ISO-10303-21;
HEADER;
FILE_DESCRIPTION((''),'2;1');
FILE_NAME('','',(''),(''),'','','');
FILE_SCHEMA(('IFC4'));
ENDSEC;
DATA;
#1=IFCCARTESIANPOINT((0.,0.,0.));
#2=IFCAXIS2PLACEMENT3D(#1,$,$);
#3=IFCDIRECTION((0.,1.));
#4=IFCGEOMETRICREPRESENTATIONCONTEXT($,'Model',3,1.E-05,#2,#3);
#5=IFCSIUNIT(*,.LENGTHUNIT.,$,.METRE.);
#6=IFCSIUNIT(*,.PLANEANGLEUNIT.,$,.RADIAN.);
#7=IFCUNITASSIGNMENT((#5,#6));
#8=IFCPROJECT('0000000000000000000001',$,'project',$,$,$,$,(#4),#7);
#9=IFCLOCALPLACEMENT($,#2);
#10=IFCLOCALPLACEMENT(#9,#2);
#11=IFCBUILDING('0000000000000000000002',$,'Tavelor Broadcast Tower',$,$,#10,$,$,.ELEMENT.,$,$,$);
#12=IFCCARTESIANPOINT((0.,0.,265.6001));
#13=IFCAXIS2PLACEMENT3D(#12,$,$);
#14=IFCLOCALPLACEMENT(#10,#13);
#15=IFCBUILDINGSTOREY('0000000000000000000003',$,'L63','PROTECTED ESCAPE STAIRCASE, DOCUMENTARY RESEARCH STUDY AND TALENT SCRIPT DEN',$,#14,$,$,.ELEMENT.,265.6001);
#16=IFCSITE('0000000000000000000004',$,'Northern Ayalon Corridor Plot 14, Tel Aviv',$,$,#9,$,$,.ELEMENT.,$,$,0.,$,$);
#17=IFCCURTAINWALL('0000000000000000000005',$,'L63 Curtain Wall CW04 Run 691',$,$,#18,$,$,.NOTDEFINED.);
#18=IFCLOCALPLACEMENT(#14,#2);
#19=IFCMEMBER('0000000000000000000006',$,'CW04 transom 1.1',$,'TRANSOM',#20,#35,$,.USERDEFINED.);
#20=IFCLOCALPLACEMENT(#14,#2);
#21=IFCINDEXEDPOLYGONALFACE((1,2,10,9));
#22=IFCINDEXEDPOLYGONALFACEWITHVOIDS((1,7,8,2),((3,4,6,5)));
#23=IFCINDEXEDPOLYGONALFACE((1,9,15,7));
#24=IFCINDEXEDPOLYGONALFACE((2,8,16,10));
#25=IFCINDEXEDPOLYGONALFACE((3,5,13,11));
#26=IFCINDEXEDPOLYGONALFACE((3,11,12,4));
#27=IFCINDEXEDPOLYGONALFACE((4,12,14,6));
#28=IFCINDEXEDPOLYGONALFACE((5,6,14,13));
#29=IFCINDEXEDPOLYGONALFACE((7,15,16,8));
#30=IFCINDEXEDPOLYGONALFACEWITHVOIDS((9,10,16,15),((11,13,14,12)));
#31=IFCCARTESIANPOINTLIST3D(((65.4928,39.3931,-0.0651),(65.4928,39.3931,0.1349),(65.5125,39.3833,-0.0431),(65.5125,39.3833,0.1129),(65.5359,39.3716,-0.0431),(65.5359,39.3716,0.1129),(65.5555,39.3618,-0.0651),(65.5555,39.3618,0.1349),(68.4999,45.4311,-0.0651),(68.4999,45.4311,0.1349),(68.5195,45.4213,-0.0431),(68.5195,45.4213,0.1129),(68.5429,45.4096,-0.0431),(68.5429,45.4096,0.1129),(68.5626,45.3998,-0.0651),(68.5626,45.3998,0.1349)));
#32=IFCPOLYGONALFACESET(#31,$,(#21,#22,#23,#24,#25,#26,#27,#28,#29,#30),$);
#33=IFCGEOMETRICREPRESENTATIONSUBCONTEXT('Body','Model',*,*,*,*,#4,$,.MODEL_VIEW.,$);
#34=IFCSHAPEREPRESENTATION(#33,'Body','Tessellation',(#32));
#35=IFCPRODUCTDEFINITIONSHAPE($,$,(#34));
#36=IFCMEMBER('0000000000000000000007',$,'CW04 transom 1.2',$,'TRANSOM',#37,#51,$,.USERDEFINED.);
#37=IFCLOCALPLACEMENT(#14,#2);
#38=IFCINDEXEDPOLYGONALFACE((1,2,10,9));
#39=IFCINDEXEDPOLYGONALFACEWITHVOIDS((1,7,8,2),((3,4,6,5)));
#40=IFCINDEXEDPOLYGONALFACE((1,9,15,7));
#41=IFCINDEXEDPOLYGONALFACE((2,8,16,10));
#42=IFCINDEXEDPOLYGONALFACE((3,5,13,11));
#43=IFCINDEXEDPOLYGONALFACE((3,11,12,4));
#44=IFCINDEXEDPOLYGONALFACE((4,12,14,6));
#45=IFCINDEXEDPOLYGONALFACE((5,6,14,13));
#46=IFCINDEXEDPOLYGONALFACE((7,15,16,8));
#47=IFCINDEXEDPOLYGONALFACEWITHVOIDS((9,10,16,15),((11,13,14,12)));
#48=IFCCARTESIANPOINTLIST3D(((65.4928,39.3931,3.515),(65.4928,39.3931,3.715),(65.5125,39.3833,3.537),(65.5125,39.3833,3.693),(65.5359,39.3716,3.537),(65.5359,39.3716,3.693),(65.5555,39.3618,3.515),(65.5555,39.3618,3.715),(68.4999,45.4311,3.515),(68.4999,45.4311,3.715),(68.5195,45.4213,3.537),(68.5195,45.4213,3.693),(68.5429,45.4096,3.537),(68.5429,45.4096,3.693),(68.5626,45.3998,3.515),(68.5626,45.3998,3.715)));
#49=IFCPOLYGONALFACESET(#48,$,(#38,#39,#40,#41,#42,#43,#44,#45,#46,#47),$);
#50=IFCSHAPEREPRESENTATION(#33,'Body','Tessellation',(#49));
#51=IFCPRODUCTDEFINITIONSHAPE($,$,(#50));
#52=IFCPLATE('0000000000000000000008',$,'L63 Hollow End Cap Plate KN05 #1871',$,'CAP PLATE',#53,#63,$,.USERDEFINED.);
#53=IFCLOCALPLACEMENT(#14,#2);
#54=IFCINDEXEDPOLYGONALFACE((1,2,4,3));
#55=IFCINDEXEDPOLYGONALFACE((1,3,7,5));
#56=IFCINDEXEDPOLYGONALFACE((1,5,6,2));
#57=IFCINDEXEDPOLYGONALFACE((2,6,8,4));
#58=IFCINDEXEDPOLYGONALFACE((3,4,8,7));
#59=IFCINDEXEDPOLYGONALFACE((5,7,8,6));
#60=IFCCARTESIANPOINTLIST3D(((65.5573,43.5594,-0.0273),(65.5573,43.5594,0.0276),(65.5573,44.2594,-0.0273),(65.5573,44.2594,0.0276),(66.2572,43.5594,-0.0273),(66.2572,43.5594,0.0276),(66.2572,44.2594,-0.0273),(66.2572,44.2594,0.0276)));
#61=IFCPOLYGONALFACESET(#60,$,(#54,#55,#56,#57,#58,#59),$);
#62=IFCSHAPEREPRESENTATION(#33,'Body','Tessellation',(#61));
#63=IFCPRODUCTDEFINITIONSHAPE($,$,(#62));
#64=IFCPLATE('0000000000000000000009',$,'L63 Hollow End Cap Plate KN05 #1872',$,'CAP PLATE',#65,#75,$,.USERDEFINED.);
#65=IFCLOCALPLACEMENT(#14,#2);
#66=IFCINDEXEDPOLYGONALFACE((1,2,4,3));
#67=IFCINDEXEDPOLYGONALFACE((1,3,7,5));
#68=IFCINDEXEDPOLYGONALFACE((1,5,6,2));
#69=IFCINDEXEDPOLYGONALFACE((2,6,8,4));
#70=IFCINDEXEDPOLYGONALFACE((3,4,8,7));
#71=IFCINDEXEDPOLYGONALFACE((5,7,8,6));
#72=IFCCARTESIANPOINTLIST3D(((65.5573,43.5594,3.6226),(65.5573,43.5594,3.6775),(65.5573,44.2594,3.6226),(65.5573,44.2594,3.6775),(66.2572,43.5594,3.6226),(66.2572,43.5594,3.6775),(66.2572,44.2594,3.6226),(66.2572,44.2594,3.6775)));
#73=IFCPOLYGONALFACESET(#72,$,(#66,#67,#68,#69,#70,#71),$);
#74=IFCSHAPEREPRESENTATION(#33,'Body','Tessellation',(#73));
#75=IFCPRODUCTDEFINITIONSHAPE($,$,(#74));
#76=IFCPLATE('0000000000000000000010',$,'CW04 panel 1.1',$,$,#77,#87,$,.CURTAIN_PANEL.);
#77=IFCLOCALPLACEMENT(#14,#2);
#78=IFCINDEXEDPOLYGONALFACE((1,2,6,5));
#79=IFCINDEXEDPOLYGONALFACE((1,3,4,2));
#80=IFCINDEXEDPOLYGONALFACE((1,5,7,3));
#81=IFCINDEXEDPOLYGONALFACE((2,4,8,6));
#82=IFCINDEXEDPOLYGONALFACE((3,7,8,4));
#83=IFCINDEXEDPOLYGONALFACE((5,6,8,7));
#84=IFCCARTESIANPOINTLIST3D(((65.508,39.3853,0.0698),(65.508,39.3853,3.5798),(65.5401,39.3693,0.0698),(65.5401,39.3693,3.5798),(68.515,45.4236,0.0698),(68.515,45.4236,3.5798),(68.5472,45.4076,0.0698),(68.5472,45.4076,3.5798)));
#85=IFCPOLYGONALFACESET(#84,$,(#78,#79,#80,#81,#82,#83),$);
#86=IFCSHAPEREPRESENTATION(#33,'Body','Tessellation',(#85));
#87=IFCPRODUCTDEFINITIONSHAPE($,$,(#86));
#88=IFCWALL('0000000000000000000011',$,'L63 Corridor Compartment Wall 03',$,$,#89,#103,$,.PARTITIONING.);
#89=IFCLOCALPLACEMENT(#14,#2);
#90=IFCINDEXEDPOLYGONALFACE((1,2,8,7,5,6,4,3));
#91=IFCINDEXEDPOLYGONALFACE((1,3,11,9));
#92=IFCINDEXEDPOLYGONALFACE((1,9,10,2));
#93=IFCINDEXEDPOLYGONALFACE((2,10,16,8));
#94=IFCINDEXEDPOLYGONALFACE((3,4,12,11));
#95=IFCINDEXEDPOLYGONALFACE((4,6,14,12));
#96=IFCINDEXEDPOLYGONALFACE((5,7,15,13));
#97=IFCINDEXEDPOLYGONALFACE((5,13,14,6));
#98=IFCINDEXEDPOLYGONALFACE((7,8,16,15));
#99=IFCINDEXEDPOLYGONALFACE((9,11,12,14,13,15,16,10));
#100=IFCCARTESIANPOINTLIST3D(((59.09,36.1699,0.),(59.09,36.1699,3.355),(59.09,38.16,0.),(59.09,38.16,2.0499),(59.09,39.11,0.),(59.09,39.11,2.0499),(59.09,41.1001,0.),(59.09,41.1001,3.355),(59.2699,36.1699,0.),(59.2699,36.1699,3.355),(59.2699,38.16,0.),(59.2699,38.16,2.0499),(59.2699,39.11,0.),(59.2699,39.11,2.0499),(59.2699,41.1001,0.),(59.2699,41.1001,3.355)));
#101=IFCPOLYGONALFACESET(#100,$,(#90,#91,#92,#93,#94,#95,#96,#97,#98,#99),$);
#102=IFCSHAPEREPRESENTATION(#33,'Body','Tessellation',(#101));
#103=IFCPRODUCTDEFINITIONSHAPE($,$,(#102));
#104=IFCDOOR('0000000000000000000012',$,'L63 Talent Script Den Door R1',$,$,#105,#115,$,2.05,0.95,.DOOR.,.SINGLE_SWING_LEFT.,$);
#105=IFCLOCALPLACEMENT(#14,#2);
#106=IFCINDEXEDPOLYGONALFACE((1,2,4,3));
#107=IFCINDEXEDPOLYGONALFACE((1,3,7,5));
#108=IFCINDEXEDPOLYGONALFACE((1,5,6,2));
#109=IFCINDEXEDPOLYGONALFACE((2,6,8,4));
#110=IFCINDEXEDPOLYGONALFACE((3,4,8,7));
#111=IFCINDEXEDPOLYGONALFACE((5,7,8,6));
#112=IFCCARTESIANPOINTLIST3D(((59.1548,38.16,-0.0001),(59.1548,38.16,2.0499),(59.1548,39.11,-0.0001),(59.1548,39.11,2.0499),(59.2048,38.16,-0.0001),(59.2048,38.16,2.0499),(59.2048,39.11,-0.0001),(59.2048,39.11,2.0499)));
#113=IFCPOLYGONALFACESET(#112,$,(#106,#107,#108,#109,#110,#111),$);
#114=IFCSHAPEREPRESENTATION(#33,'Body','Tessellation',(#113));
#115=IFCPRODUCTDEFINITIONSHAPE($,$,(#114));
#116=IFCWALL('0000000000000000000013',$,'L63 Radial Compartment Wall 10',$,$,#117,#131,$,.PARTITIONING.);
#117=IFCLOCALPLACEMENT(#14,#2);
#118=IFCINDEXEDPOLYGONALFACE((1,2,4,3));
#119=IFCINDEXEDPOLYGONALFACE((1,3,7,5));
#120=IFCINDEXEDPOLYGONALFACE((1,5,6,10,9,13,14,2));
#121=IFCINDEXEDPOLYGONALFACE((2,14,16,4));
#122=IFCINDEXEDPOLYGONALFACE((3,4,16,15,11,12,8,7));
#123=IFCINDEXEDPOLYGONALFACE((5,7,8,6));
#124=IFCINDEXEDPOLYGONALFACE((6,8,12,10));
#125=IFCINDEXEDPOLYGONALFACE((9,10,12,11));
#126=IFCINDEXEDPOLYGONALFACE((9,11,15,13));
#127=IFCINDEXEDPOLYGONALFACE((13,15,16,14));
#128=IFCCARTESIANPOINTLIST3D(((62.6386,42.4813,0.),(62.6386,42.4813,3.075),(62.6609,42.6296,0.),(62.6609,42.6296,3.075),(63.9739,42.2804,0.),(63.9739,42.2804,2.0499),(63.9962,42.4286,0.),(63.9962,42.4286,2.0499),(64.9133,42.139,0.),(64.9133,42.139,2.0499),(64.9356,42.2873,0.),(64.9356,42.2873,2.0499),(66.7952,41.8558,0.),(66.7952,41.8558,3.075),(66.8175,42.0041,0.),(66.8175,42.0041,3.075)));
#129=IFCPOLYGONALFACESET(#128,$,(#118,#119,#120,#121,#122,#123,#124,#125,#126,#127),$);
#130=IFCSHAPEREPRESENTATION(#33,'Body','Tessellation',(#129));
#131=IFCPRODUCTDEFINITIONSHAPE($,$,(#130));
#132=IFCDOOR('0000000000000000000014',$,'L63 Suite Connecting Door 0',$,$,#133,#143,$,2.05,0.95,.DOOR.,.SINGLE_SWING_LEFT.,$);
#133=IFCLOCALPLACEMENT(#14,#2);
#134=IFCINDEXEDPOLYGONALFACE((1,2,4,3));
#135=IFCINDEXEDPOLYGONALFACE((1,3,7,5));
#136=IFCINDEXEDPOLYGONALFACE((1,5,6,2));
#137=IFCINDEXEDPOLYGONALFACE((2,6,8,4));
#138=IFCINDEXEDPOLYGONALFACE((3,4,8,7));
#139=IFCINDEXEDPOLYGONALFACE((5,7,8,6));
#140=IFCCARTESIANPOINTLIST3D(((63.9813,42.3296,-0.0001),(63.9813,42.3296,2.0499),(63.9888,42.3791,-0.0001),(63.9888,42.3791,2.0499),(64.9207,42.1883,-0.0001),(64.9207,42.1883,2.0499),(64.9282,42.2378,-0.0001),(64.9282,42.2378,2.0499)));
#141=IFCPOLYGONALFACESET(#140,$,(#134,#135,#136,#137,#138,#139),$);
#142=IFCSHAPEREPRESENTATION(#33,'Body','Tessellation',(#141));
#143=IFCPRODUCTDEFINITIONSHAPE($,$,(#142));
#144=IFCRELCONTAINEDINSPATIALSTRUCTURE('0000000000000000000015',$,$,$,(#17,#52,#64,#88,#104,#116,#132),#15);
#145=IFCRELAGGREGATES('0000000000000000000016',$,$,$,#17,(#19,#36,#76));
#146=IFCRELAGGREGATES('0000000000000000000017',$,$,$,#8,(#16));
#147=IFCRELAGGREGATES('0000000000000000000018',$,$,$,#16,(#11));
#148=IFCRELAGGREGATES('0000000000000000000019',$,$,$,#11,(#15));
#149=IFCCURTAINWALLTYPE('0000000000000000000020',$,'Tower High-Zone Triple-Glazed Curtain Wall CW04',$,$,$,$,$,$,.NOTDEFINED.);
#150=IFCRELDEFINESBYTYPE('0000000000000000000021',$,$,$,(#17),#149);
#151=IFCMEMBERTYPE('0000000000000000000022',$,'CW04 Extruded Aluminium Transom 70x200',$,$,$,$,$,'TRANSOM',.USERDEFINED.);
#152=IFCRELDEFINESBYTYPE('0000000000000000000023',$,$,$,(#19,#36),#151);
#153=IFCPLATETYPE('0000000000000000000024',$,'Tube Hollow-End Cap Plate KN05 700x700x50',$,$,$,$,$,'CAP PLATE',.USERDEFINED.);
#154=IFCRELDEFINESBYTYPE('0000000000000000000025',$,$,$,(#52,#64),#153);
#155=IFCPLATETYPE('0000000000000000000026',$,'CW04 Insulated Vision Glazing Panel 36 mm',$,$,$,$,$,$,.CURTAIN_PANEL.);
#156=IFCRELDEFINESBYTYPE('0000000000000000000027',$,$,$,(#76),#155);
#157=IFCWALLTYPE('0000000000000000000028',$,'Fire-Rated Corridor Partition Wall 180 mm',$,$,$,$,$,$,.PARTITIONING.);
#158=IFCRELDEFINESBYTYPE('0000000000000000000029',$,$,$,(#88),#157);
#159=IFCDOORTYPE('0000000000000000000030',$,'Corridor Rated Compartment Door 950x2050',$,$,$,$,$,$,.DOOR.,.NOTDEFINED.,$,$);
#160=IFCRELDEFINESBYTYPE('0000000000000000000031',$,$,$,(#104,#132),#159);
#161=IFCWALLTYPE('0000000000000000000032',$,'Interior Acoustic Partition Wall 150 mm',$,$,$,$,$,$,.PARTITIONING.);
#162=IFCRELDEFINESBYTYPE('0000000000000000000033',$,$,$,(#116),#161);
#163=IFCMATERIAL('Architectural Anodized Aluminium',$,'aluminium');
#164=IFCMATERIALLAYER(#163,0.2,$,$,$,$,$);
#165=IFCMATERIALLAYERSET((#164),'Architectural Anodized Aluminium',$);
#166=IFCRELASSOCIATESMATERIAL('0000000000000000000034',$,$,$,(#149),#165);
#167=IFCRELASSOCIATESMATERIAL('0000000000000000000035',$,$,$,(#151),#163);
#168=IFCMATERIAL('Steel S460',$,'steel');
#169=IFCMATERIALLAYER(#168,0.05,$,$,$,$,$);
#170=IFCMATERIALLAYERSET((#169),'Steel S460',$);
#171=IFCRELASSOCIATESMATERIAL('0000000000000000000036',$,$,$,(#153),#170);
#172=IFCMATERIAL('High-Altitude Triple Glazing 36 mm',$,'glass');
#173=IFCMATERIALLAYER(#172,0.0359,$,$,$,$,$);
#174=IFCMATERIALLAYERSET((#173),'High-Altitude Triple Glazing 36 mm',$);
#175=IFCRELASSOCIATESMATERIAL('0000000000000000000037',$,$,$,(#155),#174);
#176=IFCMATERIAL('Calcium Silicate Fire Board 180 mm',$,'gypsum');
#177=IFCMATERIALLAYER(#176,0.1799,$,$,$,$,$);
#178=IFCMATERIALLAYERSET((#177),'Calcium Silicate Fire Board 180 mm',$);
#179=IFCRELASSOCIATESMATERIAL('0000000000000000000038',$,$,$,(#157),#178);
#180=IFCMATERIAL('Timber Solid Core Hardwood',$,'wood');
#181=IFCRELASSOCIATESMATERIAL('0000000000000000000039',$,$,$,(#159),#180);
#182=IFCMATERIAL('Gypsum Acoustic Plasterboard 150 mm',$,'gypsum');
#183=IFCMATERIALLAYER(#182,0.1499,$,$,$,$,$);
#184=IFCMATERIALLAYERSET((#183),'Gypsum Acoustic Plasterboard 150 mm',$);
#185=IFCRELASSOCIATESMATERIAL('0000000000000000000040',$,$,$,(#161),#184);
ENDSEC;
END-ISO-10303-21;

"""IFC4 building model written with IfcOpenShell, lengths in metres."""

from ifc_helpers import new_model, si_unit, direction, frame, frame_2d, origin, origin_2d, place, context, subcontext, project, spatial, rectangle, hollow_rectangle, extrude, source, transform, mapped, material, layer, layer_set, material_profile, profile_set, type_object, type_shapes, element, fill, aggregate, save


model = new_model("IFC4")

# Units and contexts
model_context = context("Model", 3, precision=1e-05, world=origin(), true_north=direction((0.0, 1.0)))
body_context = subcontext(model_context, "Body", "Model", "MODEL_VIEW")
ifc_project = project(units=[si_unit("LENGTHUNIT", "METRE"), si_unit("PLANEANGLEUNIT", "RADIAN")], contexts=[model_context])

# Site, building, storey
site_placement = place(None, origin())
site = spatial("IfcSite", under=ifc_project, at=site_placement, Name="Northern Ayalon Corridor Plot 14, Tel Aviv", CompositionType="ELEMENT", RefElevation=0.0)
building_placement = place(site_placement, origin())
building = spatial("IfcBuilding", under=site, at=building_placement, Name="Tavelor Broadcast Tower", CompositionType="ELEMENT")
storey_placement = place(building_placement, frame((0.0, 0.0, 265.6001)))
storey = spatial("IfcBuildingStorey", under=building, at=storey_placement, Name="L63", Description="PROTECTED ESCAPE STAIRCASE, DOCUMENTARY RESEARCH STUDY AND TALENT SCRIPT DEN", CompositionType="ELEMENT", Elevation=265.6001)

# Shared definitions
ifc_material_1 = material(Name="Steel S460", Category="steel")

# Shared definitions
ifc_material_2 = material(Name="Architectural Anodized Aluminium", Category="aluminium")
ifc_layer_1 = layer(ifc_material_2, 0.2)
ifc_layer_set_1 = layer_set([ifc_layer_1], Name="Architectural Anodized Aluminium")
curtain_wall_type = type_object("IfcCurtainWallType", Name="Tower High-Zone Triple-Glazed Curtain Wall CW04", PredefinedType="NOTDEFINED", material=ifc_layer_set_1)

# Curtain wall, members
curtain_wall_1_placement = place(storey_placement, origin())
curtain_wall_1 = element("IfcCurtainWall", 1, at=curtain_wall_1_placement, inside=storey, type_object=curtain_wall_type, Name="L63 Curtain Wall CW04 Run 691", PredefinedType="NOTDEFINED")
ifc_material_profile_1 = material_profile(ifc_material_2, hollow_rectangle(XDim=0.0701, YDim=0.2, WallThickness=0.022, at=origin_2d()), Name="RHS 70x200x22")
ifc_profile_set_1 = profile_set([ifc_material_profile_1], Name="Architectural Anodized Aluminium")
member_type_1 = type_object("IfcMemberType", Name="CW04 Extruded Aluminium Transom 70x200", ElementType="TRANSOM", PredefinedType="USERDEFINED", material=ifc_profile_set_1)
shared_shape_1 = source(origin(), body_context, "Body", "SweptSolid", [
    extrude(hollow_rectangle(XDim=0.0701, YDim=0.2, WallThickness=0.022, at=origin_2d()), origin(), (0.0, 0.0, 1.0), 6.7454),
])
type_shapes(member_type_1, [shared_shape_1])
member_1_placement = place(storey_placement, frame((65.5242, 39.3774, 0.0349), z_axis=(0.445794, 0.895135, 0.0), x_axis=(-0.895135, 0.445794, 0.0)))
member_1 = element("IfcMember", 2, at=member_1_placement, type_object=member_type_1, Name="CW04 transom 1.1", ObjectType="TRANSOM", PredefinedType="USERDEFINED", context=body_context, shape_type="MappedRepresentation", body=[
    mapped(shared_shape_1, transform((0.0, 0.0, 0.0), scale=1.0)),
])
member_2_placement = place(storey_placement, frame((65.5242, 39.3774, 3.615), z_axis=(0.445794, 0.895135, 0.0), x_axis=(-0.895135, 0.445794, 0.0)))
member_2 = element("IfcMember", 3, at=member_2_placement, type_object=member_type_1, Name="CW04 transom 1.2", ObjectType="TRANSOM", PredefinedType="USERDEFINED", context=body_context, shape_type="MappedRepresentation", body=[
    mapped(shared_shape_1, transform((0.0, 0.0, 0.0), scale=1.0)),
])

# Plates
ifc_layer_2 = layer(ifc_material_1, 0.05)
ifc_layer_set_2 = layer_set([ifc_layer_2], Name="Steel S460")
plate_type_1 = type_object("IfcPlateType", Name="Tube Hollow-End Cap Plate KN05 700x700x50", ElementType="CAP PLATE", PredefinedType="USERDEFINED", material=ifc_layer_set_2)
shared_shape_2 = source(origin(), body_context, "Body", "SweptSolid", [
    extrude(rectangle(XDim=0.7, YDim=0.7, at=origin_2d()), origin(), (0.0, 0.0, 1.0), 0.0549),
])
type_shapes(plate_type_1, [shared_shape_2])
for number, where, z_axis, x_axis, name in (
    (4, (65.9072, 43.9094, -0.0273), (0.0, 0.0, 1.0), (1.0, 0.0, 0.0), "L63 Hollow End Cap Plate KN05 #1871"),
    (5, (65.9072, 43.9094, 3.6226), (0.0, 0.0, 1.0), (1.0, 0.0, 0.0), "L63 Hollow End Cap Plate KN05 #1872"),
):
    element("IfcPlate", number, at=place(storey_placement, frame(where, z_axis=z_axis, x_axis=x_axis)), inside=storey, type_object=plate_type_1, Name=name, ObjectType="CAP PLATE", PredefinedType="USERDEFINED", context=body_context, shape_type="MappedRepresentation", body=[
        mapped(shared_shape_2, transform((0.0, 0.0, 0.0), scale=1.0)),
    ])

# Plate
ifc_material_3 = material(Name="High-Altitude Triple Glazing 36 mm", Category="glass")
ifc_layer_3 = layer(ifc_material_3, 0.0359)
ifc_layer_set_3 = layer_set([ifc_layer_3], Name="High-Altitude Triple Glazing 36 mm")
plate_type_2 = type_object("IfcPlateType", Name="CW04 Insulated Vision Glazing Panel 36 mm", PredefinedType="CURTAIN_PANEL", material=ifc_layer_set_3)
shared_shape_3 = source(origin(), body_context, "Body", "SweptSolid", [
    extrude(rectangle(XDim=6.7456, YDim=0.0359, at=origin_2d()), origin(), (0.0, 0.0, 1.0), 3.51),
])
type_shapes(plate_type_2, [shared_shape_3])
plate_placement = place(storey_placement, frame((67.0276, 42.3965, 0.0698), z_axis=(0.0, 0.0, 1.0), x_axis=(0.445778, 0.895143, 0.0)))
plate = element("IfcPlate", 6, at=plate_placement, type_object=plate_type_2, Name="CW04 panel 1.1", PredefinedType="CURTAIN_PANEL", context=body_context, shape_type="MappedRepresentation", body=[
    mapped(shared_shape_3, transform((0.0, 0.0, 0.0), scale=1.0)),
])
aggregate(curtain_wall_1, [member_1, member_2, plate])

# Walls, openings, doors
ifc_material_4 = material(Name="Calcium Silicate Fire Board 180 mm", Category="gypsum")
ifc_layer_4 = layer(ifc_material_4, 0.1799)
ifc_layer_set_4 = layer_set([ifc_layer_4], Name="Calcium Silicate Fire Board 180 mm")
wall_type_1 = type_object("IfcWallType", Name="Fire-Rated Corridor Partition Wall 180 mm", PredefinedType="PARTITIONING", material=ifc_layer_set_4)
wall_1_placement = place(storey_placement, frame((59.1799, 41.1001, 0.0), z_axis=(0.0, 0.0, 1.0), x_axis=(0.0, -1.0, 0.0)))
wall_1 = element("IfcWall", 7, at=wall_1_placement, inside=storey, type_object=wall_type_1, Name="L63 Corridor Compartment Wall 03", PredefinedType="PARTITIONING", context=body_context, shape_type="SweptSolid", body=[
    extrude(rectangle(XDim=4.9302, YDim=0.1799, at=frame_2d((2.4651, 0.0))), origin(), (0.0, 0.0, 1.0), 3.355),
])
opening_1_placement = place(wall_1_placement, frame((1.99, 0.0, 0.0)))
opening_1 = element("IfcOpeningElement", 8, at=opening_1_placement, cuts=wall_1, PredefinedType="OPENING", context=body_context, shape_type="SweptSolid", body=[
    extrude(rectangle(XDim=0.95, YDim=2.05, at=frame_2d((0.4751, 1.0249))), frame((0.0, 0.1001, 0.0), z_axis=(0.0, -1.0, 0.0), x_axis=(1.0, 0.0, 0.0)), (0.0, 0.0, 1.0), 0.2),
])
ifc_material_5 = material(Name="Timber Solid Core Hardwood", Category="wood")
door_type_1 = type_object("IfcDoorType", Name="Corridor Rated Compartment Door 950x2050", OperationType="NOTDEFINED", PredefinedType="DOOR", material=ifc_material_5)
door_1_placement = place(opening_1_placement, origin())
door_1 = element("IfcDoor", 9, at=door_1_placement, inside=storey, type_object=door_type_1, Name="L63 Talent Script Den Door R1", OperationType="SINGLE_SWING_LEFT", OverallHeight=2.05, OverallWidth=0.95, PredefinedType="DOOR", context=body_context, shape_type="SweptSolid", body=[
    extrude(rectangle(XDim=0.95, YDim=2.05, at=frame_2d((0.4751, 1.0249))), frame((0.0, 0.0249, 0.0), z_axis=(0.0, -1.0, 0.0), x_axis=(1.0, 0.0, 0.0)), (0.0, 0.0, 1.0), 0.05),
])
fill(opening_1, door_1)
ifc_material_6 = material(Name="Gypsum Acoustic Plasterboard 150 mm", Category="gypsum")
ifc_layer_5 = layer(ifc_material_6, 0.1499)
ifc_layer_set_5 = layer_set([ifc_layer_5], Name="Gypsum Acoustic Plasterboard 150 mm")
wall_type_2 = type_object("IfcWallType", Name="Interior Acoustic Partition Wall 150 mm", PredefinedType="PARTITIONING", material=ifc_layer_set_5)
wall_2_placement = place(storey_placement, frame((62.6499, 42.5554, 0.0), z_axis=(0.0, 0.0, 1.0), x_axis=(0.988866, -0.148809, 0.0)))
wall_2 = element("IfcWall", 10, at=wall_2_placement, inside=storey, type_object=wall_type_2, Name="L63 Radial Compartment Wall 10", PredefinedType="PARTITIONING", context=body_context, shape_type="SweptSolid", body=[
    extrude(rectangle(XDim=4.2034, YDim=0.1499, at=frame_2d((2.1016, 0.0))), origin(), (0.0, 0.0, 1.0), 3.075),
])
opening_2_placement = place(wall_2_placement, frame((1.3501, 0.0, 0.0)))
opening_2 = element("IfcOpeningElement", 11, at=opening_2_placement, cuts=wall_2, PredefinedType="OPENING", context=body_context, shape_type="SweptSolid", body=[
    extrude(rectangle(XDim=0.95, YDim=2.05, at=frame_2d((0.4751, 1.0249))), frame((0.0, 0.085, 0.0), z_axis=(0.0, -1.0, 0.0), x_axis=(1.0, 0.0, 0.0)), (0.0, 0.0, 1.0), 0.1699),
])
door_2_placement = place(opening_2_placement, origin())
door_2 = element("IfcDoor", 12, at=door_2_placement, inside=storey, type_object=door_type_1, Name="L63 Suite Connecting Door 0", OperationType="SINGLE_SWING_LEFT", OverallHeight=2.05, OverallWidth=0.95, PredefinedType="DOOR", context=body_context, shape_type="SweptSolid", body=[
    extrude(rectangle(XDim=0.95, YDim=2.05, at=frame_2d((0.4751, 1.0249))), frame((0.0, 0.0249, 0.0), z_axis=(0.0, -1.0, 0.0), x_axis=(1.0, 0.0, 0.0)), (0.0, 0.0, 1.0), 0.05),
])
fill(opening_2, door_2)

save(model, "model.ifc")
